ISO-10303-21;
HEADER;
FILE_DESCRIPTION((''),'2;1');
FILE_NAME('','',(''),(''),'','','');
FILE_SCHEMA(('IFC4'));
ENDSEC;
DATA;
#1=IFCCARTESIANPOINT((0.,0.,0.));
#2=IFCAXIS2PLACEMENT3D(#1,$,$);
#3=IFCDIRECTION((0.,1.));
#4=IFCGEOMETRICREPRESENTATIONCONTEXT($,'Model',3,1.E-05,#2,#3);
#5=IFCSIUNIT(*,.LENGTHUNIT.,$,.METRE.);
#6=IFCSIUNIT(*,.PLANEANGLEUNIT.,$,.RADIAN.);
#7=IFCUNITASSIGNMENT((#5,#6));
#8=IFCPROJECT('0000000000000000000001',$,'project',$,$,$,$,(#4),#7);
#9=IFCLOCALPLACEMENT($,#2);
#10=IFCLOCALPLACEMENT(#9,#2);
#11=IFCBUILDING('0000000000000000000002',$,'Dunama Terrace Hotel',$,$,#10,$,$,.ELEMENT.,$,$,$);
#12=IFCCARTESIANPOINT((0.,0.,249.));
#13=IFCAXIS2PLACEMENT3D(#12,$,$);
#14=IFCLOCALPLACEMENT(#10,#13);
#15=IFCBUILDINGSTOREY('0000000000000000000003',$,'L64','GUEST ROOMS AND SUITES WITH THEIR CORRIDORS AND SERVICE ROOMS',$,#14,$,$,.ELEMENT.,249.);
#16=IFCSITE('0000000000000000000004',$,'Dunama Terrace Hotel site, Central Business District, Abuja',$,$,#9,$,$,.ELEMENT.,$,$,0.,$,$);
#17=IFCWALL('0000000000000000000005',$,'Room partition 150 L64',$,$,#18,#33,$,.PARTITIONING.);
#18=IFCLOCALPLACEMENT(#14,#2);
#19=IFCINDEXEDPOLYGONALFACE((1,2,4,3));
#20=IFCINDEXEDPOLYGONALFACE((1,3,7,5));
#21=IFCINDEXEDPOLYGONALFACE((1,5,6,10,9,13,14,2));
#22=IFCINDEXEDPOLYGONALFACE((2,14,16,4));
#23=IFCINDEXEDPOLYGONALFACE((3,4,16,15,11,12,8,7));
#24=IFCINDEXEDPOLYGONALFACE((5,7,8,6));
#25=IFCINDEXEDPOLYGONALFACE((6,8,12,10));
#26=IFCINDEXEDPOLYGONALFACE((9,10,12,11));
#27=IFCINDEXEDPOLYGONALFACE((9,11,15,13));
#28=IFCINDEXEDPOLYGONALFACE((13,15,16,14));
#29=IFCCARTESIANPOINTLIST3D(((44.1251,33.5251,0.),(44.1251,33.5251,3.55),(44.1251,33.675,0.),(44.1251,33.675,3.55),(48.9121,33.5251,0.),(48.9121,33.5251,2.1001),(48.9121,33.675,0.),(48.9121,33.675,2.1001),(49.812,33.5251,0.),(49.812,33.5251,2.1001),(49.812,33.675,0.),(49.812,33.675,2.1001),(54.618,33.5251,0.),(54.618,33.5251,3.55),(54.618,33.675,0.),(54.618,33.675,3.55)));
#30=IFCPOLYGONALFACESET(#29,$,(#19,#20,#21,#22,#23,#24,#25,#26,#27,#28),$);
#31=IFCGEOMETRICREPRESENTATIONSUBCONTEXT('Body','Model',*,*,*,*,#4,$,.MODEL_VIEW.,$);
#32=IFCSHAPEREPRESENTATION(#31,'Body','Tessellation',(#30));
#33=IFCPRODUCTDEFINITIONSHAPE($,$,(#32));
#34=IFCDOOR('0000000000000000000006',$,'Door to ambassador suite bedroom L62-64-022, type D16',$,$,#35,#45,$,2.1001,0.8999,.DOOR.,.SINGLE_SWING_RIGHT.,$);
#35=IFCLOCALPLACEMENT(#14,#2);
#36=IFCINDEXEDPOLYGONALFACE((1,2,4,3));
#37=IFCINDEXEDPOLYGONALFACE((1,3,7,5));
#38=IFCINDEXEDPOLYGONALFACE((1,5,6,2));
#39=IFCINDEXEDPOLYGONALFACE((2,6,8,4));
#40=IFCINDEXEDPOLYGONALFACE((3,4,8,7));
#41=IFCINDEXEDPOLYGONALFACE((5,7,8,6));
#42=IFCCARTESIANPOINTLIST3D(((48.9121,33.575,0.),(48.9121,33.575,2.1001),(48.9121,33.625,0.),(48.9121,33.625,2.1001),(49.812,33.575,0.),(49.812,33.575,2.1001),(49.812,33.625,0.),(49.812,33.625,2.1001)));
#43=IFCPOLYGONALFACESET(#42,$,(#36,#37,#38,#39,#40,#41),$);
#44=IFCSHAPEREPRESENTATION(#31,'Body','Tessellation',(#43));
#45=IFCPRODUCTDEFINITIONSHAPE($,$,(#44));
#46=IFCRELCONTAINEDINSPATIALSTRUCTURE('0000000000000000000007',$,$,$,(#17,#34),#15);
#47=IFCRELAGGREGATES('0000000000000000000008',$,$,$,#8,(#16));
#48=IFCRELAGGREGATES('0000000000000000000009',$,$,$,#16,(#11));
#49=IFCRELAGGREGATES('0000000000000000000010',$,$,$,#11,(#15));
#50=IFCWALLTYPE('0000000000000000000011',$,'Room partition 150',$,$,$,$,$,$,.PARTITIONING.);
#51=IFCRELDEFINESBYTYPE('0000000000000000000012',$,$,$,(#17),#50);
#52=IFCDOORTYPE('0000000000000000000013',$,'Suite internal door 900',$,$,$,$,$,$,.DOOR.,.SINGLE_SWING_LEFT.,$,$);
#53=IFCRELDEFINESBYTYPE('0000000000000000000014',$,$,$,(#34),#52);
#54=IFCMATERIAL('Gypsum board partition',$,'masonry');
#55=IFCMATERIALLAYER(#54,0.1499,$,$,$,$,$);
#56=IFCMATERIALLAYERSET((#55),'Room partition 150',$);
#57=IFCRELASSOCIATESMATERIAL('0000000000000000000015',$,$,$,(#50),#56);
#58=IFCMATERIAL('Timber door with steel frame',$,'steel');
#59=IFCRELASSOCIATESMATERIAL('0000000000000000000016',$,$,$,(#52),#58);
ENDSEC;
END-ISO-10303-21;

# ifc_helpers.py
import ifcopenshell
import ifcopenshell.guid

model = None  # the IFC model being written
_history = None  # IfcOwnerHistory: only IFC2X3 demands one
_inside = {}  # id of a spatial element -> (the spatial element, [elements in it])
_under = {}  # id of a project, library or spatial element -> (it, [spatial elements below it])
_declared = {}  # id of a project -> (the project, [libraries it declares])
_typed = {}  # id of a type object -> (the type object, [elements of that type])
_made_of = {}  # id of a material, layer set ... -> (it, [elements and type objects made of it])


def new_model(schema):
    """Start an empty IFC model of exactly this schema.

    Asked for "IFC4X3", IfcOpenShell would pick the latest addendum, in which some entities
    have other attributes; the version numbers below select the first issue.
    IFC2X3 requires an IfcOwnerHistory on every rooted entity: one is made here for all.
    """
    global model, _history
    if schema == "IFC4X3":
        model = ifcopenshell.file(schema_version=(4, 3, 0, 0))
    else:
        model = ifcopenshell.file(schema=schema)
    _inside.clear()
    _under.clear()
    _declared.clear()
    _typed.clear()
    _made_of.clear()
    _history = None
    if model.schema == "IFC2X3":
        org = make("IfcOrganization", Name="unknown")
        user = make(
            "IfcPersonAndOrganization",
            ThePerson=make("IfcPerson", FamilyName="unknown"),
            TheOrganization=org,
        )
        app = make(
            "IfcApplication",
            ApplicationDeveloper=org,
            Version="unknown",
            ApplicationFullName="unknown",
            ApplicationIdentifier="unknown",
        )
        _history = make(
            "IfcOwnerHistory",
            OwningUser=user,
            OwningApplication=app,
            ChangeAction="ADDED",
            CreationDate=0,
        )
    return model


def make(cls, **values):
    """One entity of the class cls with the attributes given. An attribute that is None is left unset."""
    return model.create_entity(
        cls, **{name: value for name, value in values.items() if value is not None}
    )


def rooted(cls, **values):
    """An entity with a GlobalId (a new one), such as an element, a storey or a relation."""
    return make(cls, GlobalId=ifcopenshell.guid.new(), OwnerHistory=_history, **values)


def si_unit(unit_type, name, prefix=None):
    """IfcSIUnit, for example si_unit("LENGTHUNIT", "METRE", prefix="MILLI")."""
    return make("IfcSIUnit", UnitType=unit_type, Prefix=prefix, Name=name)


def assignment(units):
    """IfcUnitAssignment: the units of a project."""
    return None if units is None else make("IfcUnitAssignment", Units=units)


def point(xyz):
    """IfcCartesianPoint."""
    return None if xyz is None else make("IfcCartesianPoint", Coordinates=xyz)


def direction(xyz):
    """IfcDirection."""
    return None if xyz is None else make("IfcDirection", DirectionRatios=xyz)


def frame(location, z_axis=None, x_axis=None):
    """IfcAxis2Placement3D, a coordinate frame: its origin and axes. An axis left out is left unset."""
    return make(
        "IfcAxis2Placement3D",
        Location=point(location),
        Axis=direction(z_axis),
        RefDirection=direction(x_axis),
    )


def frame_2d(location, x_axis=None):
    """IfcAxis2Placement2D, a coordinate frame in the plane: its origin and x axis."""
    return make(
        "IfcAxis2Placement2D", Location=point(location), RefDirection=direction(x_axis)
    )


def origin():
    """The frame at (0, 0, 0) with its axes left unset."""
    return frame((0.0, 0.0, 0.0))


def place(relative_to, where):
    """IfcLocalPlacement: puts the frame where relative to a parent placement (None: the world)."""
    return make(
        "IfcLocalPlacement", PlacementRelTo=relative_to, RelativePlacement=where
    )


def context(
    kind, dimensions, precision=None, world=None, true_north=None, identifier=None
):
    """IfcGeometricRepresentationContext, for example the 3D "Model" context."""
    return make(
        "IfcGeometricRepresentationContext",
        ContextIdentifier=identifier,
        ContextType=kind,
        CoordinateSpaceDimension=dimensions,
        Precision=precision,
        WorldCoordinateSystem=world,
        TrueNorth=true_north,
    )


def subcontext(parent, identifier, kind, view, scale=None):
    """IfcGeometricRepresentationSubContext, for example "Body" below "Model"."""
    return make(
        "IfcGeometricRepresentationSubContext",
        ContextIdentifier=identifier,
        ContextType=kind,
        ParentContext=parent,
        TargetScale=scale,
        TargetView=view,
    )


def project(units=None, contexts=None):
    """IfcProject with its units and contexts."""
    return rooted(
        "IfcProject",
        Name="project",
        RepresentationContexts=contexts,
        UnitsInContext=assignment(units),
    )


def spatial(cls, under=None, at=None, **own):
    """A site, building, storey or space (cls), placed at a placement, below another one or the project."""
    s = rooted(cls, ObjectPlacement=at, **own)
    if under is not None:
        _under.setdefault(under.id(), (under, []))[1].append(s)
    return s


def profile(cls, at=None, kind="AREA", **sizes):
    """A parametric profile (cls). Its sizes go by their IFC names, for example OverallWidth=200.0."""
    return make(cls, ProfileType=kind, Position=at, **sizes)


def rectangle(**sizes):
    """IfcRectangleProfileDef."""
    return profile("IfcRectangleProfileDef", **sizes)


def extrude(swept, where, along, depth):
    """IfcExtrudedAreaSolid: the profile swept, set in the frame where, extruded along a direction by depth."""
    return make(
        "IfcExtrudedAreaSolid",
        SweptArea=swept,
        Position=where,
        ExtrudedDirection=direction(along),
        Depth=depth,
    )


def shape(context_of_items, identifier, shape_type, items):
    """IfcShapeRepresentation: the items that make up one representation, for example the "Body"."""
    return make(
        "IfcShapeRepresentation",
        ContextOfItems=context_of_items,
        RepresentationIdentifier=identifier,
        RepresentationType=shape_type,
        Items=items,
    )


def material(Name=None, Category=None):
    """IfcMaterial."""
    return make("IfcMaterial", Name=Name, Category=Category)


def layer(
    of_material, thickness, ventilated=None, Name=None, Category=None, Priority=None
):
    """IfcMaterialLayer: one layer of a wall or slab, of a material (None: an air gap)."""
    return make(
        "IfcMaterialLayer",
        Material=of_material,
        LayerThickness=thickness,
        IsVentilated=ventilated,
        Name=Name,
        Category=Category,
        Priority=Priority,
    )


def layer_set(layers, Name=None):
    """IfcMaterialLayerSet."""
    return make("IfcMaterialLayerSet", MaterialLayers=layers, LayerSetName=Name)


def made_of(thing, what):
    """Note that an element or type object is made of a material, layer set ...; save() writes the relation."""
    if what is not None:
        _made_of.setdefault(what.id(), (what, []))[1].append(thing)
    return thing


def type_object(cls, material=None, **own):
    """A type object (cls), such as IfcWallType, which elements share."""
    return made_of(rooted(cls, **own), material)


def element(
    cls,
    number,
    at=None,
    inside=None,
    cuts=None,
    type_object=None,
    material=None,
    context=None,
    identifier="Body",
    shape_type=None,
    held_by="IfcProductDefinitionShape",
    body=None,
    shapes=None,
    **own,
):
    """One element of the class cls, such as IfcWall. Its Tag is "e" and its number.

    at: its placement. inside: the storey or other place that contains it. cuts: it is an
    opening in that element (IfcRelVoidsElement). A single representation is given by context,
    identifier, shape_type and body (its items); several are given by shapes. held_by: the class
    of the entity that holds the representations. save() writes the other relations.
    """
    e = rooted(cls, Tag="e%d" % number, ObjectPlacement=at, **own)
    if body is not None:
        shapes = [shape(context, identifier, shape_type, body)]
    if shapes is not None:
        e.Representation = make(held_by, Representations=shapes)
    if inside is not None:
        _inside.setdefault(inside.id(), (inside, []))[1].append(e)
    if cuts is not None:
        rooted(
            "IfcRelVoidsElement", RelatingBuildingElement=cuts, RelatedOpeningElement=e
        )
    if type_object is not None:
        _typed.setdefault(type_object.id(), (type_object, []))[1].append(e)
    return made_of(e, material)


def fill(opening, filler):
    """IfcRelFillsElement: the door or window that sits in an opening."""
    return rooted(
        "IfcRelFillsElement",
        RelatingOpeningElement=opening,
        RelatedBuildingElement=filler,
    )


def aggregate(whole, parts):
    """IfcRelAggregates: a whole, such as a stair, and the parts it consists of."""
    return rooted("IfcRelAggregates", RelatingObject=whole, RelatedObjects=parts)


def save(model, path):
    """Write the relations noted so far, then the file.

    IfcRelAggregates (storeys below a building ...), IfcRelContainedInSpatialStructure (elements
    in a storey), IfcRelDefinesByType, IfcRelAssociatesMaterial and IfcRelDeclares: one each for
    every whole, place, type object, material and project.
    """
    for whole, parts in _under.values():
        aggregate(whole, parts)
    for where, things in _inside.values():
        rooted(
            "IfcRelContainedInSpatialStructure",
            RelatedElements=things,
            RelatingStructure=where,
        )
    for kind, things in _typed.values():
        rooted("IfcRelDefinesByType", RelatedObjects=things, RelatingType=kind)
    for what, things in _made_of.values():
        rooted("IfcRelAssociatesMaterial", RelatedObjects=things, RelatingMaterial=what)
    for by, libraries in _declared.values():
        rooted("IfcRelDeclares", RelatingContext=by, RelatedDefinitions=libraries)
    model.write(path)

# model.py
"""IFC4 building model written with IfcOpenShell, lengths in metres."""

from ifc_helpers import new_model, si_unit, direction, frame, frame_2d, origin, place, context, subcontext, project, spatial, rectangle, extrude, material, layer, layer_set, type_object, element, fill, save


model = new_model("IFC4")

# Units and contexts
model_context = context("Model", 3, precision=1e-05, world=origin(), true_north=direction((0.0, 1.0)))
body_context = subcontext(model_context, "Body", "Model", "MODEL_VIEW")
ifc_project = project(units=[si_unit("LENGTHUNIT", "METRE"), si_unit("PLANEANGLEUNIT", "RADIAN")], contexts=[model_context])

# Site, building, storey
site_placement = place(None, origin())
site = spatial("IfcSite", under=ifc_project, at=site_placement, Name="Dunama Terrace Hotel site, Central Business District, Abuja", CompositionType="ELEMENT", RefElevation=0.0)
building_placement = place(site_placement, origin())
building = spatial("IfcBuilding", under=site, at=building_placement, Name="Dunama Terrace Hotel", CompositionType="ELEMENT")
storey_placement = place(building_placement, frame((0.0, 0.0, 249.0)))
storey = spatial("IfcBuildingStorey", under=building, at=storey_placement, Name="L64", Description="GUEST ROOMS AND SUITES WITH THEIR CORRIDORS AND SERVICE ROOMS", CompositionType="ELEMENT", Elevation=249.0)

# Shared definitions
ifc_material_1 = material(Name="Gypsum board partition", Category="masonry")
ifc_layer_1 = layer(ifc_material_1, 0.1499)
ifc_layer_set_1 = layer_set([ifc_layer_1], Name="Room partition 150")
wall_type_1 = type_object("IfcWallType", Name="Room partition 150", PredefinedType="PARTITIONING", material=ifc_layer_set_1)

# Wall, opening, door
wall_1_placement = place(storey_placement, frame((44.125, 33.6001, 0.0), z_axis=(0.0, 0.0, 1.0), x_axis=(1.0, 0.0, 0.0)))
wall_1 = element("IfcWall", 1, at=wall_1_placement, inside=storey, type_object=wall_type_1, Name="Room partition 150 L64", PredefinedType="PARTITIONING", context=body_context, shape_type="SweptSolid", body=[
    extrude(rectangle(XDim=10.4929, YDim=0.1499, at=frame_2d((5.2466, 0.0))), origin(), (0.0, 0.0, 1.0), 3.55),
])
opening_1_placement = place(wall_1_placement, frame((4.7871, 0.0, 0.0)))
opening_1 = element("IfcOpeningElement", 2, at=opening_1_placement, cuts=wall_1, PredefinedType="OPENING", context=body_context, shape_type="SweptSolid", body=[
    extrude(rectangle(XDim=0.8999, YDim=2.1001, at=frame_2d((0.45, 1.05))), frame((0.0, 0.085, 0.0), z_axis=(0.0, -1.0, 0.0), x_axis=(1.0, 0.0, 0.0)), (0.0, 0.0, 1.0), 0.1699),
])
ifc_material_2 = material(Name="Timber door with steel frame", Category="steel")
door_type_1 = type_object("IfcDoorType", Name="Suite internal door 900", OperationType="SINGLE_SWING_LEFT", PredefinedType="DOOR", material=ifc_material_2)
door_1_placement = place(opening_1_placement, frame((0.8999, 0.0, 0.0), z_axis=(0.0, 0.0, 1.0), x_axis=(-1.0, 0.0, 0.0)))
door_1 = element("IfcDoor", 3, at=door_1_placement, inside=storey, type_object=door_type_1, Name="Door to ambassador suite bedroom L62-64-022, type D16", OperationType="SINGLE_SWING_RIGHT", OverallHeight=2.1001, OverallWidth=0.8999, PredefinedType="DOOR", context=body_context, shape_type="SweptSolid", body=[
    extrude(rectangle(XDim=0.8999, YDim=2.1001, at=frame_2d((0.45, 1.05))), frame((0.0, 0.0251, 0.0), z_axis=(0.0, -1.0, 0.0), x_axis=(1.0, 0.0, 0.0)), (0.0, 0.0, 1.0), 0.05),
])
fill(opening_1, door_1)

save(model, "model.ifc")
